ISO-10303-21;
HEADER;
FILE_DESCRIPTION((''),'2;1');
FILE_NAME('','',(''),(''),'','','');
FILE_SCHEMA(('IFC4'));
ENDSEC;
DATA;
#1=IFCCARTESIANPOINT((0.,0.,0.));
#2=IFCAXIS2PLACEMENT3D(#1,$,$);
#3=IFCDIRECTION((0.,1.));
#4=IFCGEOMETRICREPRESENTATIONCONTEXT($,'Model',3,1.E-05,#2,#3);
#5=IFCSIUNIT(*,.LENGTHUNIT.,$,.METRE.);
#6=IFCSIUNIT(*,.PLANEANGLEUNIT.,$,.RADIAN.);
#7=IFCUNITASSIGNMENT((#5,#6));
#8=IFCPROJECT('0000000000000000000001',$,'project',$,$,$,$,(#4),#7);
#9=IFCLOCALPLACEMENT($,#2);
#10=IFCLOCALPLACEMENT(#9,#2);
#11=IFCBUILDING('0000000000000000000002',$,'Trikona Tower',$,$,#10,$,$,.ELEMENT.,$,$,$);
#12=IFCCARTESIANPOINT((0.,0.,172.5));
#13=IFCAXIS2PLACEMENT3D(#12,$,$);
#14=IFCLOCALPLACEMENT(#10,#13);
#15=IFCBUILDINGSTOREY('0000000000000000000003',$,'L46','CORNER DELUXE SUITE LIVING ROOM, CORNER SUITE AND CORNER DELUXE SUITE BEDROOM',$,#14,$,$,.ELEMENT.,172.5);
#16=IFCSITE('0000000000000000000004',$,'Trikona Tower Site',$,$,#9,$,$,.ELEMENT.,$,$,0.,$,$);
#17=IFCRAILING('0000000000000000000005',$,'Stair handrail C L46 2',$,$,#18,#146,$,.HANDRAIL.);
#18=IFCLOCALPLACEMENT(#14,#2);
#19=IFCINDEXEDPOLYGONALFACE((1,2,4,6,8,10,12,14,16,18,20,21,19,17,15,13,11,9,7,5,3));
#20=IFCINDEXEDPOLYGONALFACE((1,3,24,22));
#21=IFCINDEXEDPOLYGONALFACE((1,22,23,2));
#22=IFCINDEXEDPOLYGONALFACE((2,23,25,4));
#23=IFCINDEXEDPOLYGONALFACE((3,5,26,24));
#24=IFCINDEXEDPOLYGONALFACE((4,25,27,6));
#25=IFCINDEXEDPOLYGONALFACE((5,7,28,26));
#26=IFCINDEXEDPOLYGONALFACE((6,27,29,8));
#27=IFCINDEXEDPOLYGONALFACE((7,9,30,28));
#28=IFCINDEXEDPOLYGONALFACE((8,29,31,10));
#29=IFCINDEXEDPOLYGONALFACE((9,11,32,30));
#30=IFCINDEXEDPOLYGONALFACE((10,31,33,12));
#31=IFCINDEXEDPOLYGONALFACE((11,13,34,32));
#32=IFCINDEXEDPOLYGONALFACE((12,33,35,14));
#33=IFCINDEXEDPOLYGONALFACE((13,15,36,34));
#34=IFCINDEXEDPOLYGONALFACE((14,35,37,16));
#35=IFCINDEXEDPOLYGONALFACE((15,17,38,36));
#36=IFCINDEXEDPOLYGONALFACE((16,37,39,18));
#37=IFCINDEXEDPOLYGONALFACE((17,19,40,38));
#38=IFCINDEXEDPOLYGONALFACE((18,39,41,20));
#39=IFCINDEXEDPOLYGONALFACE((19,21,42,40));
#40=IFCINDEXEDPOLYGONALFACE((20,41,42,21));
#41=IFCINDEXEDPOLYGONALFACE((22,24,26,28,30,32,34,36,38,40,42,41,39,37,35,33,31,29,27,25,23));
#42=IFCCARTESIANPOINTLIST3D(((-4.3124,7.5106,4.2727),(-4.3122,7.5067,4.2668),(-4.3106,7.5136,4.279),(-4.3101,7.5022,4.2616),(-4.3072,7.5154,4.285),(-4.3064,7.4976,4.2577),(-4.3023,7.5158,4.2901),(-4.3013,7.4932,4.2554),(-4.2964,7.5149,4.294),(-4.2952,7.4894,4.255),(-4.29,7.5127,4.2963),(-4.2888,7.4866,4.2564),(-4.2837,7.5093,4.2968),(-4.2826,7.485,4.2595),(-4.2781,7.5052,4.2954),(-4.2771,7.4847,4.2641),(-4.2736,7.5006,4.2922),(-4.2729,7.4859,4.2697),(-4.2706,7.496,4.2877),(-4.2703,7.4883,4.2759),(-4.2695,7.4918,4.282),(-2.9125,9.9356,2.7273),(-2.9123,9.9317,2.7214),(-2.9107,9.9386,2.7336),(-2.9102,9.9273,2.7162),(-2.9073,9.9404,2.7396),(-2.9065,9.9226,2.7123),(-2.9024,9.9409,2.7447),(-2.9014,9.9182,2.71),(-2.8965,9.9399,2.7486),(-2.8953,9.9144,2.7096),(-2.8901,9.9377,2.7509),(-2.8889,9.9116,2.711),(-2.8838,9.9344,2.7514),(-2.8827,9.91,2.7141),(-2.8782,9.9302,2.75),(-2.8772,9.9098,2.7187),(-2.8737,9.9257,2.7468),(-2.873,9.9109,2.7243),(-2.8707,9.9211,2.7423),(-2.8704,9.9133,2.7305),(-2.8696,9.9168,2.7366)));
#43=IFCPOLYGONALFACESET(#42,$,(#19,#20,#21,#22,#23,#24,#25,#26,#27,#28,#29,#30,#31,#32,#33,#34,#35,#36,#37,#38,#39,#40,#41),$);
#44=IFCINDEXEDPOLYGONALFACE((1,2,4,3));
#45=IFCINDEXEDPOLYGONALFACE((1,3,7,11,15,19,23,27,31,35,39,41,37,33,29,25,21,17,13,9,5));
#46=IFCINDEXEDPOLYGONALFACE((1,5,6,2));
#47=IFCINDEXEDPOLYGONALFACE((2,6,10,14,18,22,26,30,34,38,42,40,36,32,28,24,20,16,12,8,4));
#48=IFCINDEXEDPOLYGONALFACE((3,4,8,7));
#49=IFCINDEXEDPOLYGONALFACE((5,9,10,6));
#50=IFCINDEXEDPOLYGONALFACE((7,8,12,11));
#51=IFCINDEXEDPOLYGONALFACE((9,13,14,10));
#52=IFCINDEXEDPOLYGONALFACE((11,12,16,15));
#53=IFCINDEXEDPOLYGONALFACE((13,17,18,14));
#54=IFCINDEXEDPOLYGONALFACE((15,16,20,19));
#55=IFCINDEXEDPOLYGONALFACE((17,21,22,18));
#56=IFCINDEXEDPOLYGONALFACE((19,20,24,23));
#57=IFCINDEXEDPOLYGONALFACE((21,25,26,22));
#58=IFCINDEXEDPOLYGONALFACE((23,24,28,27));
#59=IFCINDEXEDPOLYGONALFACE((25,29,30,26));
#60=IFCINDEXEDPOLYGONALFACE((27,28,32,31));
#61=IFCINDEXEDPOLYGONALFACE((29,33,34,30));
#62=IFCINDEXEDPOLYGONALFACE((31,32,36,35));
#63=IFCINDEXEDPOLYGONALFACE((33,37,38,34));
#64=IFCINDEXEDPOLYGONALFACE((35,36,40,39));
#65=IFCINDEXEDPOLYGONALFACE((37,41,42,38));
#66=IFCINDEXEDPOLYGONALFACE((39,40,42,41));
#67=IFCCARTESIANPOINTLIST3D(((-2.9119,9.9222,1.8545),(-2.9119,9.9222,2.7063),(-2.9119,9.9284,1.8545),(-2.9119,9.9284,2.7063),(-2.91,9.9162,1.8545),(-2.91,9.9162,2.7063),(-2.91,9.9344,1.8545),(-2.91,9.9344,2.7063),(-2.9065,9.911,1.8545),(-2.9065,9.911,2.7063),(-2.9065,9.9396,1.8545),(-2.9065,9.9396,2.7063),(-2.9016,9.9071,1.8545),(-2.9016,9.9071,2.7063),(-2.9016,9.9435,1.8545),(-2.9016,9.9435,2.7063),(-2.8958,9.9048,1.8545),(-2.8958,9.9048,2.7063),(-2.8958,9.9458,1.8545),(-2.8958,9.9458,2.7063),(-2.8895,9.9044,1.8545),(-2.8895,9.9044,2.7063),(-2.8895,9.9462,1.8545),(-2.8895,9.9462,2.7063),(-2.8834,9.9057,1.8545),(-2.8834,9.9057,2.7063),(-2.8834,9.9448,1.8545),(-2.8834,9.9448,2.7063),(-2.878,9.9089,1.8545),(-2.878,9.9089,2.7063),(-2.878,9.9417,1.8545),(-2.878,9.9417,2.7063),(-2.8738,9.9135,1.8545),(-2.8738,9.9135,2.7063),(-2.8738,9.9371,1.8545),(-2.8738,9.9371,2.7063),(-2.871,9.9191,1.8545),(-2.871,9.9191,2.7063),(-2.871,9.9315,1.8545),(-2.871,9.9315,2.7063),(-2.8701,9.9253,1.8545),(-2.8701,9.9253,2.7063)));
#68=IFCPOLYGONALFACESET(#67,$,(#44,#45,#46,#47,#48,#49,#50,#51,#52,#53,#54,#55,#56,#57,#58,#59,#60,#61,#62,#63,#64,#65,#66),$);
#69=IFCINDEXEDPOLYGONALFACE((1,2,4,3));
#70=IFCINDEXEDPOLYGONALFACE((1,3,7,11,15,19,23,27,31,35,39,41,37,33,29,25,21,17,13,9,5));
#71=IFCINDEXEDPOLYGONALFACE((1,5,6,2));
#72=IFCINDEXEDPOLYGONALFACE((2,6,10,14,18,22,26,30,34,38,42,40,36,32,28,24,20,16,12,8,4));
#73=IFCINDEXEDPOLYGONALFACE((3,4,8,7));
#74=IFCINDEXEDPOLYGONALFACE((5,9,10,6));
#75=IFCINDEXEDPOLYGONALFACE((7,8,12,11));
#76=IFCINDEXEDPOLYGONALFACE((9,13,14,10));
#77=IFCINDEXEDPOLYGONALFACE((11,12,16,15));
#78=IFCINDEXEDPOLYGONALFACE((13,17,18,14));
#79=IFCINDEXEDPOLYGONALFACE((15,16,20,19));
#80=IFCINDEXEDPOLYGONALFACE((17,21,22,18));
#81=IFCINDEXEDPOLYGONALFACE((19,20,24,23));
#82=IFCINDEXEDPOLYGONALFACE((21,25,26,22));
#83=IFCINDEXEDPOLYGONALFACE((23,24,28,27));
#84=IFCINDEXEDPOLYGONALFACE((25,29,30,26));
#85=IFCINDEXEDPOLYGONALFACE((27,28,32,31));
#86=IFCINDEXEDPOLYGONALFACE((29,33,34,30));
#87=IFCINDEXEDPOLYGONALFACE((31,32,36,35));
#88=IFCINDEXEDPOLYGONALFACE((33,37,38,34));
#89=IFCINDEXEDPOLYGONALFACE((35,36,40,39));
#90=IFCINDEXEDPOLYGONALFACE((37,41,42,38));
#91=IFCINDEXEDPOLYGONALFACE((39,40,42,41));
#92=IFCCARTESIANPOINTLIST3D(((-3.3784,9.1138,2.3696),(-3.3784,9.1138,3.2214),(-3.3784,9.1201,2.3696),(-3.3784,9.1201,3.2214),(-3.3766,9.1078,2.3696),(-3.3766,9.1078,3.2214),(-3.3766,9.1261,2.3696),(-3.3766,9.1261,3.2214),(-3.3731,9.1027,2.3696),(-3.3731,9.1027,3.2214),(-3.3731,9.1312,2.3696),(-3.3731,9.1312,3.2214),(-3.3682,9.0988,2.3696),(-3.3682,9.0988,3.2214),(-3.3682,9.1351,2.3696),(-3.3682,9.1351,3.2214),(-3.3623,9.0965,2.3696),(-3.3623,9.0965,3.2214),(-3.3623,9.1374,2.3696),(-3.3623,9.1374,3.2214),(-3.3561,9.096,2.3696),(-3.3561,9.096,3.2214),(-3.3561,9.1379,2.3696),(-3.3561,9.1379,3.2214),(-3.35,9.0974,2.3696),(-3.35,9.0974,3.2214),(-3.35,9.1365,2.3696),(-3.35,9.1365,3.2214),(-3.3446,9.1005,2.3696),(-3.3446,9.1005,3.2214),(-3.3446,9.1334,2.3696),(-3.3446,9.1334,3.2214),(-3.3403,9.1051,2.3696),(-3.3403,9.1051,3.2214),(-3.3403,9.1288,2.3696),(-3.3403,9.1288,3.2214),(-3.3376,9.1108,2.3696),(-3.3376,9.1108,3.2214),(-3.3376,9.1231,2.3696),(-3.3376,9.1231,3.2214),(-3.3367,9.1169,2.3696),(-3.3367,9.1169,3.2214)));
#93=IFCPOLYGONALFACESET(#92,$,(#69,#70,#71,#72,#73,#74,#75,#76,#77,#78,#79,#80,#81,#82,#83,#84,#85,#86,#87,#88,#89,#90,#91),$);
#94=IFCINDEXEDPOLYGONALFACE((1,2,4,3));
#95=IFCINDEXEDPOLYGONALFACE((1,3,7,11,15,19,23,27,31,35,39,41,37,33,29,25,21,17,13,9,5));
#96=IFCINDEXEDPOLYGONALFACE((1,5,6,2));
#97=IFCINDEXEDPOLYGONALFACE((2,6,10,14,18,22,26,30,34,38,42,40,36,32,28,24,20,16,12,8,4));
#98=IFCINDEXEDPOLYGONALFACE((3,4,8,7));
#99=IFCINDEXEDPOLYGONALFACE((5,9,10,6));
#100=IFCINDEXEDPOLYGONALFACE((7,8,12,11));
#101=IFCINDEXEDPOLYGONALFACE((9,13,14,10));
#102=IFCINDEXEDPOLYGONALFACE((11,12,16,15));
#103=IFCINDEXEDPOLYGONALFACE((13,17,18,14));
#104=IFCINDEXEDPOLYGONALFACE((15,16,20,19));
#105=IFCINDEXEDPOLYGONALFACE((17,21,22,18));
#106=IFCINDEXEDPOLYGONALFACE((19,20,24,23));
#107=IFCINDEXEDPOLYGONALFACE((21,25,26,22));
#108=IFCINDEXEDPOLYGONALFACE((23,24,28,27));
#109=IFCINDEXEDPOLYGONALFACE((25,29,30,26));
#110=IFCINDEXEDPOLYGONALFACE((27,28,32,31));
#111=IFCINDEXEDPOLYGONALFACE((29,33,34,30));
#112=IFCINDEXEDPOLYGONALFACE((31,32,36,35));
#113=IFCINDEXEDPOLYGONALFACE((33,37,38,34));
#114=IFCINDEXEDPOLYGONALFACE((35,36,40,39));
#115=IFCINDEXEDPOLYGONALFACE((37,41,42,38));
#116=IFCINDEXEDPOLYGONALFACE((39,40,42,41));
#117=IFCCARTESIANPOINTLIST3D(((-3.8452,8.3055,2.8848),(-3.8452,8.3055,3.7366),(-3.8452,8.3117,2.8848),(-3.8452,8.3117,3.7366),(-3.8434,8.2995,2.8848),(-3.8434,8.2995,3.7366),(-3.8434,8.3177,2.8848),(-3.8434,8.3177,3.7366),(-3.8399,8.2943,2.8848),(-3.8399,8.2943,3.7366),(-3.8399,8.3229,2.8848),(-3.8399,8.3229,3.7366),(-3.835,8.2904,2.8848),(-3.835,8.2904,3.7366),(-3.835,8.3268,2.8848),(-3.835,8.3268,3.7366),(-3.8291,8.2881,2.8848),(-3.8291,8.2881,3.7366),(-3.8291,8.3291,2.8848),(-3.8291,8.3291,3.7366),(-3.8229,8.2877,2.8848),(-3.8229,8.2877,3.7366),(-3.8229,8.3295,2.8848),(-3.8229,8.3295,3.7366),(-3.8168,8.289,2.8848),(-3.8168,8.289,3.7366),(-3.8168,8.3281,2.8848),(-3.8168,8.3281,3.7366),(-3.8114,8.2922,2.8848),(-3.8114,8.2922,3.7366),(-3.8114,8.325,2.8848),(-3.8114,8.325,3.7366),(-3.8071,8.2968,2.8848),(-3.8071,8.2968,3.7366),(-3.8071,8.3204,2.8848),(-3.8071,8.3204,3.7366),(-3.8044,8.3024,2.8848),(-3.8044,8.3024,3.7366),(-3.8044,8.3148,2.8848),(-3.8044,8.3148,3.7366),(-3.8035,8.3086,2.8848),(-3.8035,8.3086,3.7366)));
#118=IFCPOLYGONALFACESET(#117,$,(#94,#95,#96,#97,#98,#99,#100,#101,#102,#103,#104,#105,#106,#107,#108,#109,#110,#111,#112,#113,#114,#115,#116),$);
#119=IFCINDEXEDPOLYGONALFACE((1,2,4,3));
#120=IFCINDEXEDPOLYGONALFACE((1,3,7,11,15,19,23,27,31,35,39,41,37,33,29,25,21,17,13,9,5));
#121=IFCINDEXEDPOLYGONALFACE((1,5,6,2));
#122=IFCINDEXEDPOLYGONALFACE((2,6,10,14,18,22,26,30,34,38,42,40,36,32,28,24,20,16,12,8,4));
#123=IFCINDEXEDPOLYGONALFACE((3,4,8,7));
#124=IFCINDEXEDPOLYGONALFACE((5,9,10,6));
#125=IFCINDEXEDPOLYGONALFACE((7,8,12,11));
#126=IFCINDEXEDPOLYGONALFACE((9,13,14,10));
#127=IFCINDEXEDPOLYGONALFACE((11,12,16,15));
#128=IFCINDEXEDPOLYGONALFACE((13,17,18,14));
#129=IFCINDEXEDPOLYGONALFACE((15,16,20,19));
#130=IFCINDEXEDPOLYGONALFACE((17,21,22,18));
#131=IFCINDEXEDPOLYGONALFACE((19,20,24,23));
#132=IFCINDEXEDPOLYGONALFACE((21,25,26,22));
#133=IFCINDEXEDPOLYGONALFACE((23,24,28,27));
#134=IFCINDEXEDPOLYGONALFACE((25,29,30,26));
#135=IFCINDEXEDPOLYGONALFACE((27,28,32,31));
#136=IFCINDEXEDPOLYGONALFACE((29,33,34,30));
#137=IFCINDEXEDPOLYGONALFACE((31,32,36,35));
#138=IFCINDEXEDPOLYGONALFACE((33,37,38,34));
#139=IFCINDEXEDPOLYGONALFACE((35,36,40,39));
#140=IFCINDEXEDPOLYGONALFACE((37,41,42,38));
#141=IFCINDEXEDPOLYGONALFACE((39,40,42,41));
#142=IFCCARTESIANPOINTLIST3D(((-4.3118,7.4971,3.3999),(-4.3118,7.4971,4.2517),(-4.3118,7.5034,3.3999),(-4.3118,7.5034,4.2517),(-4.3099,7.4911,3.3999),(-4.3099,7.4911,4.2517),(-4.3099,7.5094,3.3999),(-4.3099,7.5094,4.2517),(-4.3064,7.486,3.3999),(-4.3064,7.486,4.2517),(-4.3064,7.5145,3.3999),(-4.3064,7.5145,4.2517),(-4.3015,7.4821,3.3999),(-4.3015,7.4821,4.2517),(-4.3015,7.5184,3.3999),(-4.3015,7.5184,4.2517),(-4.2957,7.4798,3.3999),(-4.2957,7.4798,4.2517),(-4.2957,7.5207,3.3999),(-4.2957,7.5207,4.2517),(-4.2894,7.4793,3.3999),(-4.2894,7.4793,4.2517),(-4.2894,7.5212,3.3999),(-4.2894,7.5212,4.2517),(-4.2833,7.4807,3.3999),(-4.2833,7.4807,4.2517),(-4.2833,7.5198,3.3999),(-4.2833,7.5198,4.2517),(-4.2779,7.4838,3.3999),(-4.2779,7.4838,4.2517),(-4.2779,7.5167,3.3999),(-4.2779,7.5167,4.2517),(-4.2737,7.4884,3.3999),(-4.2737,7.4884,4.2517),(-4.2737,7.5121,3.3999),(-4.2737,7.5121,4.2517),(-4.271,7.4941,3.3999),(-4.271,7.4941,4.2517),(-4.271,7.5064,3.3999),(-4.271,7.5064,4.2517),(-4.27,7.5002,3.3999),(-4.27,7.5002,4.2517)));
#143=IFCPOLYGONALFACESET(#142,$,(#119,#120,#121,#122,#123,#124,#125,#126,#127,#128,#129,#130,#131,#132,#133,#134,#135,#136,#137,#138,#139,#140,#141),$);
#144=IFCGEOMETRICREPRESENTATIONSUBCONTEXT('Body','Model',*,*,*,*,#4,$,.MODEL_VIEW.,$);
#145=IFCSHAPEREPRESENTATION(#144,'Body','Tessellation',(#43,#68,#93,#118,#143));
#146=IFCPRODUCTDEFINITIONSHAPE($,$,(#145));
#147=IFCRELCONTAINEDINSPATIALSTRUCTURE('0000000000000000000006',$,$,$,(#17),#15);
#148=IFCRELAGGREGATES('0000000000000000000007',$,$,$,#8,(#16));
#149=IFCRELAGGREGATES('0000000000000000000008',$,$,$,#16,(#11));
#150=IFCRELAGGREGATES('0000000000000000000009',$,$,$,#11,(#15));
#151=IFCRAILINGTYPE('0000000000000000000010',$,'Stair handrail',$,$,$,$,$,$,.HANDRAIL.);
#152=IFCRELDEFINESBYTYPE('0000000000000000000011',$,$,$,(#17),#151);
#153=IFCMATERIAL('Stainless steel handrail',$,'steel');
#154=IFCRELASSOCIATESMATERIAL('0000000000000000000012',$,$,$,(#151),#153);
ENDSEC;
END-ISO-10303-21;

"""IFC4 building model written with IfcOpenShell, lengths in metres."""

from ifc_helpers import new_model, si_unit, direction, frame, origin, origin_2d, place, context, subcontext, project, spatial, circle, extrude, material, type_object, element, save


model = new_model("IFC4")

# Units and contexts
model_context = context("Model", 3, precision=1e-05, world=origin(), true_north=direction((0.0, 1.0)))
body_context = subcontext(model_context, "Body", "Model", "MODEL_VIEW")
ifc_project = project(units=[si_unit("LENGTHUNIT", "METRE"), si_unit("PLANEANGLEUNIT", "RADIAN")], contexts=[model_context])

# Site, building, storey
site_placement = place(None, origin())
site = spatial("IfcSite", under=ifc_project, at=site_placement, Name="Trikona Tower Site", CompositionType="ELEMENT", RefElevation=0.0)
building_placement = place(site_placement, origin())
building = spatial("IfcBuilding", under=site, at=building_placement, Name="Trikona Tower", CompositionType="ELEMENT")
storey_placement = place(building_placement, frame((0.0, 0.0, 172.5)))
storey = spatial("IfcBuildingStorey", under=building, at=storey_placement, Name="L46", Description="CORNER DELUXE SUITE LIVING ROOM, CORNER SUITE AND CORNER DELUXE SUITE BEDROOM", CompositionType="ELEMENT", Elevation=172.5)

# Railing
ifc_material_1 = material(Name="Stainless steel handrail", Category="steel")
railing_type = type_object("IfcRailingType", Name="Stair handrail", PredefinedType="HANDRAIL", material=ifc_material_1)
railing_1_placement = place(storey_placement, frame((-2.8911, 9.9253, 1.8545)))
element("IfcRailing", 1, at=railing_1_placement, inside=storey, type_object=railing_type, Name="Stair handrail C L46 2", PredefinedType="HANDRAIL", context=body_context, shape_type="SweptSolid", body=[
    extrude(circle(Radius=0.0239, at=origin_2d()), frame((0.0, 0.0, 0.876), z_axis=(-0.437707, -0.75824, 0.483203), x_axis=(0.866056, -0.499946, 0.0)), (0.0, 0.0, 1.0), 3.1982),
    extrude(circle(Radius=0.021, at=origin_2d()), origin(), (0.0, 0.0, 1.0), 0.8518),
    extrude(circle(Radius=0.021, at=origin_2d()), frame((-0.4666, -0.8083, 0.5151)), (0.0, 0.0, 1.0), 0.8518),
    extrude(circle(Radius=0.021, at=origin_2d()), frame((-0.9333, -1.6167, 1.0303)), (0.0, 0.0, 1.0), 0.8518),
    extrude(circle(Radius=0.021, at=origin_2d()), frame((-1.3999, -2.425, 1.5454)), (0.0, 0.0, 1.0), 0.8518),
])

save(model, "model.ifc")
